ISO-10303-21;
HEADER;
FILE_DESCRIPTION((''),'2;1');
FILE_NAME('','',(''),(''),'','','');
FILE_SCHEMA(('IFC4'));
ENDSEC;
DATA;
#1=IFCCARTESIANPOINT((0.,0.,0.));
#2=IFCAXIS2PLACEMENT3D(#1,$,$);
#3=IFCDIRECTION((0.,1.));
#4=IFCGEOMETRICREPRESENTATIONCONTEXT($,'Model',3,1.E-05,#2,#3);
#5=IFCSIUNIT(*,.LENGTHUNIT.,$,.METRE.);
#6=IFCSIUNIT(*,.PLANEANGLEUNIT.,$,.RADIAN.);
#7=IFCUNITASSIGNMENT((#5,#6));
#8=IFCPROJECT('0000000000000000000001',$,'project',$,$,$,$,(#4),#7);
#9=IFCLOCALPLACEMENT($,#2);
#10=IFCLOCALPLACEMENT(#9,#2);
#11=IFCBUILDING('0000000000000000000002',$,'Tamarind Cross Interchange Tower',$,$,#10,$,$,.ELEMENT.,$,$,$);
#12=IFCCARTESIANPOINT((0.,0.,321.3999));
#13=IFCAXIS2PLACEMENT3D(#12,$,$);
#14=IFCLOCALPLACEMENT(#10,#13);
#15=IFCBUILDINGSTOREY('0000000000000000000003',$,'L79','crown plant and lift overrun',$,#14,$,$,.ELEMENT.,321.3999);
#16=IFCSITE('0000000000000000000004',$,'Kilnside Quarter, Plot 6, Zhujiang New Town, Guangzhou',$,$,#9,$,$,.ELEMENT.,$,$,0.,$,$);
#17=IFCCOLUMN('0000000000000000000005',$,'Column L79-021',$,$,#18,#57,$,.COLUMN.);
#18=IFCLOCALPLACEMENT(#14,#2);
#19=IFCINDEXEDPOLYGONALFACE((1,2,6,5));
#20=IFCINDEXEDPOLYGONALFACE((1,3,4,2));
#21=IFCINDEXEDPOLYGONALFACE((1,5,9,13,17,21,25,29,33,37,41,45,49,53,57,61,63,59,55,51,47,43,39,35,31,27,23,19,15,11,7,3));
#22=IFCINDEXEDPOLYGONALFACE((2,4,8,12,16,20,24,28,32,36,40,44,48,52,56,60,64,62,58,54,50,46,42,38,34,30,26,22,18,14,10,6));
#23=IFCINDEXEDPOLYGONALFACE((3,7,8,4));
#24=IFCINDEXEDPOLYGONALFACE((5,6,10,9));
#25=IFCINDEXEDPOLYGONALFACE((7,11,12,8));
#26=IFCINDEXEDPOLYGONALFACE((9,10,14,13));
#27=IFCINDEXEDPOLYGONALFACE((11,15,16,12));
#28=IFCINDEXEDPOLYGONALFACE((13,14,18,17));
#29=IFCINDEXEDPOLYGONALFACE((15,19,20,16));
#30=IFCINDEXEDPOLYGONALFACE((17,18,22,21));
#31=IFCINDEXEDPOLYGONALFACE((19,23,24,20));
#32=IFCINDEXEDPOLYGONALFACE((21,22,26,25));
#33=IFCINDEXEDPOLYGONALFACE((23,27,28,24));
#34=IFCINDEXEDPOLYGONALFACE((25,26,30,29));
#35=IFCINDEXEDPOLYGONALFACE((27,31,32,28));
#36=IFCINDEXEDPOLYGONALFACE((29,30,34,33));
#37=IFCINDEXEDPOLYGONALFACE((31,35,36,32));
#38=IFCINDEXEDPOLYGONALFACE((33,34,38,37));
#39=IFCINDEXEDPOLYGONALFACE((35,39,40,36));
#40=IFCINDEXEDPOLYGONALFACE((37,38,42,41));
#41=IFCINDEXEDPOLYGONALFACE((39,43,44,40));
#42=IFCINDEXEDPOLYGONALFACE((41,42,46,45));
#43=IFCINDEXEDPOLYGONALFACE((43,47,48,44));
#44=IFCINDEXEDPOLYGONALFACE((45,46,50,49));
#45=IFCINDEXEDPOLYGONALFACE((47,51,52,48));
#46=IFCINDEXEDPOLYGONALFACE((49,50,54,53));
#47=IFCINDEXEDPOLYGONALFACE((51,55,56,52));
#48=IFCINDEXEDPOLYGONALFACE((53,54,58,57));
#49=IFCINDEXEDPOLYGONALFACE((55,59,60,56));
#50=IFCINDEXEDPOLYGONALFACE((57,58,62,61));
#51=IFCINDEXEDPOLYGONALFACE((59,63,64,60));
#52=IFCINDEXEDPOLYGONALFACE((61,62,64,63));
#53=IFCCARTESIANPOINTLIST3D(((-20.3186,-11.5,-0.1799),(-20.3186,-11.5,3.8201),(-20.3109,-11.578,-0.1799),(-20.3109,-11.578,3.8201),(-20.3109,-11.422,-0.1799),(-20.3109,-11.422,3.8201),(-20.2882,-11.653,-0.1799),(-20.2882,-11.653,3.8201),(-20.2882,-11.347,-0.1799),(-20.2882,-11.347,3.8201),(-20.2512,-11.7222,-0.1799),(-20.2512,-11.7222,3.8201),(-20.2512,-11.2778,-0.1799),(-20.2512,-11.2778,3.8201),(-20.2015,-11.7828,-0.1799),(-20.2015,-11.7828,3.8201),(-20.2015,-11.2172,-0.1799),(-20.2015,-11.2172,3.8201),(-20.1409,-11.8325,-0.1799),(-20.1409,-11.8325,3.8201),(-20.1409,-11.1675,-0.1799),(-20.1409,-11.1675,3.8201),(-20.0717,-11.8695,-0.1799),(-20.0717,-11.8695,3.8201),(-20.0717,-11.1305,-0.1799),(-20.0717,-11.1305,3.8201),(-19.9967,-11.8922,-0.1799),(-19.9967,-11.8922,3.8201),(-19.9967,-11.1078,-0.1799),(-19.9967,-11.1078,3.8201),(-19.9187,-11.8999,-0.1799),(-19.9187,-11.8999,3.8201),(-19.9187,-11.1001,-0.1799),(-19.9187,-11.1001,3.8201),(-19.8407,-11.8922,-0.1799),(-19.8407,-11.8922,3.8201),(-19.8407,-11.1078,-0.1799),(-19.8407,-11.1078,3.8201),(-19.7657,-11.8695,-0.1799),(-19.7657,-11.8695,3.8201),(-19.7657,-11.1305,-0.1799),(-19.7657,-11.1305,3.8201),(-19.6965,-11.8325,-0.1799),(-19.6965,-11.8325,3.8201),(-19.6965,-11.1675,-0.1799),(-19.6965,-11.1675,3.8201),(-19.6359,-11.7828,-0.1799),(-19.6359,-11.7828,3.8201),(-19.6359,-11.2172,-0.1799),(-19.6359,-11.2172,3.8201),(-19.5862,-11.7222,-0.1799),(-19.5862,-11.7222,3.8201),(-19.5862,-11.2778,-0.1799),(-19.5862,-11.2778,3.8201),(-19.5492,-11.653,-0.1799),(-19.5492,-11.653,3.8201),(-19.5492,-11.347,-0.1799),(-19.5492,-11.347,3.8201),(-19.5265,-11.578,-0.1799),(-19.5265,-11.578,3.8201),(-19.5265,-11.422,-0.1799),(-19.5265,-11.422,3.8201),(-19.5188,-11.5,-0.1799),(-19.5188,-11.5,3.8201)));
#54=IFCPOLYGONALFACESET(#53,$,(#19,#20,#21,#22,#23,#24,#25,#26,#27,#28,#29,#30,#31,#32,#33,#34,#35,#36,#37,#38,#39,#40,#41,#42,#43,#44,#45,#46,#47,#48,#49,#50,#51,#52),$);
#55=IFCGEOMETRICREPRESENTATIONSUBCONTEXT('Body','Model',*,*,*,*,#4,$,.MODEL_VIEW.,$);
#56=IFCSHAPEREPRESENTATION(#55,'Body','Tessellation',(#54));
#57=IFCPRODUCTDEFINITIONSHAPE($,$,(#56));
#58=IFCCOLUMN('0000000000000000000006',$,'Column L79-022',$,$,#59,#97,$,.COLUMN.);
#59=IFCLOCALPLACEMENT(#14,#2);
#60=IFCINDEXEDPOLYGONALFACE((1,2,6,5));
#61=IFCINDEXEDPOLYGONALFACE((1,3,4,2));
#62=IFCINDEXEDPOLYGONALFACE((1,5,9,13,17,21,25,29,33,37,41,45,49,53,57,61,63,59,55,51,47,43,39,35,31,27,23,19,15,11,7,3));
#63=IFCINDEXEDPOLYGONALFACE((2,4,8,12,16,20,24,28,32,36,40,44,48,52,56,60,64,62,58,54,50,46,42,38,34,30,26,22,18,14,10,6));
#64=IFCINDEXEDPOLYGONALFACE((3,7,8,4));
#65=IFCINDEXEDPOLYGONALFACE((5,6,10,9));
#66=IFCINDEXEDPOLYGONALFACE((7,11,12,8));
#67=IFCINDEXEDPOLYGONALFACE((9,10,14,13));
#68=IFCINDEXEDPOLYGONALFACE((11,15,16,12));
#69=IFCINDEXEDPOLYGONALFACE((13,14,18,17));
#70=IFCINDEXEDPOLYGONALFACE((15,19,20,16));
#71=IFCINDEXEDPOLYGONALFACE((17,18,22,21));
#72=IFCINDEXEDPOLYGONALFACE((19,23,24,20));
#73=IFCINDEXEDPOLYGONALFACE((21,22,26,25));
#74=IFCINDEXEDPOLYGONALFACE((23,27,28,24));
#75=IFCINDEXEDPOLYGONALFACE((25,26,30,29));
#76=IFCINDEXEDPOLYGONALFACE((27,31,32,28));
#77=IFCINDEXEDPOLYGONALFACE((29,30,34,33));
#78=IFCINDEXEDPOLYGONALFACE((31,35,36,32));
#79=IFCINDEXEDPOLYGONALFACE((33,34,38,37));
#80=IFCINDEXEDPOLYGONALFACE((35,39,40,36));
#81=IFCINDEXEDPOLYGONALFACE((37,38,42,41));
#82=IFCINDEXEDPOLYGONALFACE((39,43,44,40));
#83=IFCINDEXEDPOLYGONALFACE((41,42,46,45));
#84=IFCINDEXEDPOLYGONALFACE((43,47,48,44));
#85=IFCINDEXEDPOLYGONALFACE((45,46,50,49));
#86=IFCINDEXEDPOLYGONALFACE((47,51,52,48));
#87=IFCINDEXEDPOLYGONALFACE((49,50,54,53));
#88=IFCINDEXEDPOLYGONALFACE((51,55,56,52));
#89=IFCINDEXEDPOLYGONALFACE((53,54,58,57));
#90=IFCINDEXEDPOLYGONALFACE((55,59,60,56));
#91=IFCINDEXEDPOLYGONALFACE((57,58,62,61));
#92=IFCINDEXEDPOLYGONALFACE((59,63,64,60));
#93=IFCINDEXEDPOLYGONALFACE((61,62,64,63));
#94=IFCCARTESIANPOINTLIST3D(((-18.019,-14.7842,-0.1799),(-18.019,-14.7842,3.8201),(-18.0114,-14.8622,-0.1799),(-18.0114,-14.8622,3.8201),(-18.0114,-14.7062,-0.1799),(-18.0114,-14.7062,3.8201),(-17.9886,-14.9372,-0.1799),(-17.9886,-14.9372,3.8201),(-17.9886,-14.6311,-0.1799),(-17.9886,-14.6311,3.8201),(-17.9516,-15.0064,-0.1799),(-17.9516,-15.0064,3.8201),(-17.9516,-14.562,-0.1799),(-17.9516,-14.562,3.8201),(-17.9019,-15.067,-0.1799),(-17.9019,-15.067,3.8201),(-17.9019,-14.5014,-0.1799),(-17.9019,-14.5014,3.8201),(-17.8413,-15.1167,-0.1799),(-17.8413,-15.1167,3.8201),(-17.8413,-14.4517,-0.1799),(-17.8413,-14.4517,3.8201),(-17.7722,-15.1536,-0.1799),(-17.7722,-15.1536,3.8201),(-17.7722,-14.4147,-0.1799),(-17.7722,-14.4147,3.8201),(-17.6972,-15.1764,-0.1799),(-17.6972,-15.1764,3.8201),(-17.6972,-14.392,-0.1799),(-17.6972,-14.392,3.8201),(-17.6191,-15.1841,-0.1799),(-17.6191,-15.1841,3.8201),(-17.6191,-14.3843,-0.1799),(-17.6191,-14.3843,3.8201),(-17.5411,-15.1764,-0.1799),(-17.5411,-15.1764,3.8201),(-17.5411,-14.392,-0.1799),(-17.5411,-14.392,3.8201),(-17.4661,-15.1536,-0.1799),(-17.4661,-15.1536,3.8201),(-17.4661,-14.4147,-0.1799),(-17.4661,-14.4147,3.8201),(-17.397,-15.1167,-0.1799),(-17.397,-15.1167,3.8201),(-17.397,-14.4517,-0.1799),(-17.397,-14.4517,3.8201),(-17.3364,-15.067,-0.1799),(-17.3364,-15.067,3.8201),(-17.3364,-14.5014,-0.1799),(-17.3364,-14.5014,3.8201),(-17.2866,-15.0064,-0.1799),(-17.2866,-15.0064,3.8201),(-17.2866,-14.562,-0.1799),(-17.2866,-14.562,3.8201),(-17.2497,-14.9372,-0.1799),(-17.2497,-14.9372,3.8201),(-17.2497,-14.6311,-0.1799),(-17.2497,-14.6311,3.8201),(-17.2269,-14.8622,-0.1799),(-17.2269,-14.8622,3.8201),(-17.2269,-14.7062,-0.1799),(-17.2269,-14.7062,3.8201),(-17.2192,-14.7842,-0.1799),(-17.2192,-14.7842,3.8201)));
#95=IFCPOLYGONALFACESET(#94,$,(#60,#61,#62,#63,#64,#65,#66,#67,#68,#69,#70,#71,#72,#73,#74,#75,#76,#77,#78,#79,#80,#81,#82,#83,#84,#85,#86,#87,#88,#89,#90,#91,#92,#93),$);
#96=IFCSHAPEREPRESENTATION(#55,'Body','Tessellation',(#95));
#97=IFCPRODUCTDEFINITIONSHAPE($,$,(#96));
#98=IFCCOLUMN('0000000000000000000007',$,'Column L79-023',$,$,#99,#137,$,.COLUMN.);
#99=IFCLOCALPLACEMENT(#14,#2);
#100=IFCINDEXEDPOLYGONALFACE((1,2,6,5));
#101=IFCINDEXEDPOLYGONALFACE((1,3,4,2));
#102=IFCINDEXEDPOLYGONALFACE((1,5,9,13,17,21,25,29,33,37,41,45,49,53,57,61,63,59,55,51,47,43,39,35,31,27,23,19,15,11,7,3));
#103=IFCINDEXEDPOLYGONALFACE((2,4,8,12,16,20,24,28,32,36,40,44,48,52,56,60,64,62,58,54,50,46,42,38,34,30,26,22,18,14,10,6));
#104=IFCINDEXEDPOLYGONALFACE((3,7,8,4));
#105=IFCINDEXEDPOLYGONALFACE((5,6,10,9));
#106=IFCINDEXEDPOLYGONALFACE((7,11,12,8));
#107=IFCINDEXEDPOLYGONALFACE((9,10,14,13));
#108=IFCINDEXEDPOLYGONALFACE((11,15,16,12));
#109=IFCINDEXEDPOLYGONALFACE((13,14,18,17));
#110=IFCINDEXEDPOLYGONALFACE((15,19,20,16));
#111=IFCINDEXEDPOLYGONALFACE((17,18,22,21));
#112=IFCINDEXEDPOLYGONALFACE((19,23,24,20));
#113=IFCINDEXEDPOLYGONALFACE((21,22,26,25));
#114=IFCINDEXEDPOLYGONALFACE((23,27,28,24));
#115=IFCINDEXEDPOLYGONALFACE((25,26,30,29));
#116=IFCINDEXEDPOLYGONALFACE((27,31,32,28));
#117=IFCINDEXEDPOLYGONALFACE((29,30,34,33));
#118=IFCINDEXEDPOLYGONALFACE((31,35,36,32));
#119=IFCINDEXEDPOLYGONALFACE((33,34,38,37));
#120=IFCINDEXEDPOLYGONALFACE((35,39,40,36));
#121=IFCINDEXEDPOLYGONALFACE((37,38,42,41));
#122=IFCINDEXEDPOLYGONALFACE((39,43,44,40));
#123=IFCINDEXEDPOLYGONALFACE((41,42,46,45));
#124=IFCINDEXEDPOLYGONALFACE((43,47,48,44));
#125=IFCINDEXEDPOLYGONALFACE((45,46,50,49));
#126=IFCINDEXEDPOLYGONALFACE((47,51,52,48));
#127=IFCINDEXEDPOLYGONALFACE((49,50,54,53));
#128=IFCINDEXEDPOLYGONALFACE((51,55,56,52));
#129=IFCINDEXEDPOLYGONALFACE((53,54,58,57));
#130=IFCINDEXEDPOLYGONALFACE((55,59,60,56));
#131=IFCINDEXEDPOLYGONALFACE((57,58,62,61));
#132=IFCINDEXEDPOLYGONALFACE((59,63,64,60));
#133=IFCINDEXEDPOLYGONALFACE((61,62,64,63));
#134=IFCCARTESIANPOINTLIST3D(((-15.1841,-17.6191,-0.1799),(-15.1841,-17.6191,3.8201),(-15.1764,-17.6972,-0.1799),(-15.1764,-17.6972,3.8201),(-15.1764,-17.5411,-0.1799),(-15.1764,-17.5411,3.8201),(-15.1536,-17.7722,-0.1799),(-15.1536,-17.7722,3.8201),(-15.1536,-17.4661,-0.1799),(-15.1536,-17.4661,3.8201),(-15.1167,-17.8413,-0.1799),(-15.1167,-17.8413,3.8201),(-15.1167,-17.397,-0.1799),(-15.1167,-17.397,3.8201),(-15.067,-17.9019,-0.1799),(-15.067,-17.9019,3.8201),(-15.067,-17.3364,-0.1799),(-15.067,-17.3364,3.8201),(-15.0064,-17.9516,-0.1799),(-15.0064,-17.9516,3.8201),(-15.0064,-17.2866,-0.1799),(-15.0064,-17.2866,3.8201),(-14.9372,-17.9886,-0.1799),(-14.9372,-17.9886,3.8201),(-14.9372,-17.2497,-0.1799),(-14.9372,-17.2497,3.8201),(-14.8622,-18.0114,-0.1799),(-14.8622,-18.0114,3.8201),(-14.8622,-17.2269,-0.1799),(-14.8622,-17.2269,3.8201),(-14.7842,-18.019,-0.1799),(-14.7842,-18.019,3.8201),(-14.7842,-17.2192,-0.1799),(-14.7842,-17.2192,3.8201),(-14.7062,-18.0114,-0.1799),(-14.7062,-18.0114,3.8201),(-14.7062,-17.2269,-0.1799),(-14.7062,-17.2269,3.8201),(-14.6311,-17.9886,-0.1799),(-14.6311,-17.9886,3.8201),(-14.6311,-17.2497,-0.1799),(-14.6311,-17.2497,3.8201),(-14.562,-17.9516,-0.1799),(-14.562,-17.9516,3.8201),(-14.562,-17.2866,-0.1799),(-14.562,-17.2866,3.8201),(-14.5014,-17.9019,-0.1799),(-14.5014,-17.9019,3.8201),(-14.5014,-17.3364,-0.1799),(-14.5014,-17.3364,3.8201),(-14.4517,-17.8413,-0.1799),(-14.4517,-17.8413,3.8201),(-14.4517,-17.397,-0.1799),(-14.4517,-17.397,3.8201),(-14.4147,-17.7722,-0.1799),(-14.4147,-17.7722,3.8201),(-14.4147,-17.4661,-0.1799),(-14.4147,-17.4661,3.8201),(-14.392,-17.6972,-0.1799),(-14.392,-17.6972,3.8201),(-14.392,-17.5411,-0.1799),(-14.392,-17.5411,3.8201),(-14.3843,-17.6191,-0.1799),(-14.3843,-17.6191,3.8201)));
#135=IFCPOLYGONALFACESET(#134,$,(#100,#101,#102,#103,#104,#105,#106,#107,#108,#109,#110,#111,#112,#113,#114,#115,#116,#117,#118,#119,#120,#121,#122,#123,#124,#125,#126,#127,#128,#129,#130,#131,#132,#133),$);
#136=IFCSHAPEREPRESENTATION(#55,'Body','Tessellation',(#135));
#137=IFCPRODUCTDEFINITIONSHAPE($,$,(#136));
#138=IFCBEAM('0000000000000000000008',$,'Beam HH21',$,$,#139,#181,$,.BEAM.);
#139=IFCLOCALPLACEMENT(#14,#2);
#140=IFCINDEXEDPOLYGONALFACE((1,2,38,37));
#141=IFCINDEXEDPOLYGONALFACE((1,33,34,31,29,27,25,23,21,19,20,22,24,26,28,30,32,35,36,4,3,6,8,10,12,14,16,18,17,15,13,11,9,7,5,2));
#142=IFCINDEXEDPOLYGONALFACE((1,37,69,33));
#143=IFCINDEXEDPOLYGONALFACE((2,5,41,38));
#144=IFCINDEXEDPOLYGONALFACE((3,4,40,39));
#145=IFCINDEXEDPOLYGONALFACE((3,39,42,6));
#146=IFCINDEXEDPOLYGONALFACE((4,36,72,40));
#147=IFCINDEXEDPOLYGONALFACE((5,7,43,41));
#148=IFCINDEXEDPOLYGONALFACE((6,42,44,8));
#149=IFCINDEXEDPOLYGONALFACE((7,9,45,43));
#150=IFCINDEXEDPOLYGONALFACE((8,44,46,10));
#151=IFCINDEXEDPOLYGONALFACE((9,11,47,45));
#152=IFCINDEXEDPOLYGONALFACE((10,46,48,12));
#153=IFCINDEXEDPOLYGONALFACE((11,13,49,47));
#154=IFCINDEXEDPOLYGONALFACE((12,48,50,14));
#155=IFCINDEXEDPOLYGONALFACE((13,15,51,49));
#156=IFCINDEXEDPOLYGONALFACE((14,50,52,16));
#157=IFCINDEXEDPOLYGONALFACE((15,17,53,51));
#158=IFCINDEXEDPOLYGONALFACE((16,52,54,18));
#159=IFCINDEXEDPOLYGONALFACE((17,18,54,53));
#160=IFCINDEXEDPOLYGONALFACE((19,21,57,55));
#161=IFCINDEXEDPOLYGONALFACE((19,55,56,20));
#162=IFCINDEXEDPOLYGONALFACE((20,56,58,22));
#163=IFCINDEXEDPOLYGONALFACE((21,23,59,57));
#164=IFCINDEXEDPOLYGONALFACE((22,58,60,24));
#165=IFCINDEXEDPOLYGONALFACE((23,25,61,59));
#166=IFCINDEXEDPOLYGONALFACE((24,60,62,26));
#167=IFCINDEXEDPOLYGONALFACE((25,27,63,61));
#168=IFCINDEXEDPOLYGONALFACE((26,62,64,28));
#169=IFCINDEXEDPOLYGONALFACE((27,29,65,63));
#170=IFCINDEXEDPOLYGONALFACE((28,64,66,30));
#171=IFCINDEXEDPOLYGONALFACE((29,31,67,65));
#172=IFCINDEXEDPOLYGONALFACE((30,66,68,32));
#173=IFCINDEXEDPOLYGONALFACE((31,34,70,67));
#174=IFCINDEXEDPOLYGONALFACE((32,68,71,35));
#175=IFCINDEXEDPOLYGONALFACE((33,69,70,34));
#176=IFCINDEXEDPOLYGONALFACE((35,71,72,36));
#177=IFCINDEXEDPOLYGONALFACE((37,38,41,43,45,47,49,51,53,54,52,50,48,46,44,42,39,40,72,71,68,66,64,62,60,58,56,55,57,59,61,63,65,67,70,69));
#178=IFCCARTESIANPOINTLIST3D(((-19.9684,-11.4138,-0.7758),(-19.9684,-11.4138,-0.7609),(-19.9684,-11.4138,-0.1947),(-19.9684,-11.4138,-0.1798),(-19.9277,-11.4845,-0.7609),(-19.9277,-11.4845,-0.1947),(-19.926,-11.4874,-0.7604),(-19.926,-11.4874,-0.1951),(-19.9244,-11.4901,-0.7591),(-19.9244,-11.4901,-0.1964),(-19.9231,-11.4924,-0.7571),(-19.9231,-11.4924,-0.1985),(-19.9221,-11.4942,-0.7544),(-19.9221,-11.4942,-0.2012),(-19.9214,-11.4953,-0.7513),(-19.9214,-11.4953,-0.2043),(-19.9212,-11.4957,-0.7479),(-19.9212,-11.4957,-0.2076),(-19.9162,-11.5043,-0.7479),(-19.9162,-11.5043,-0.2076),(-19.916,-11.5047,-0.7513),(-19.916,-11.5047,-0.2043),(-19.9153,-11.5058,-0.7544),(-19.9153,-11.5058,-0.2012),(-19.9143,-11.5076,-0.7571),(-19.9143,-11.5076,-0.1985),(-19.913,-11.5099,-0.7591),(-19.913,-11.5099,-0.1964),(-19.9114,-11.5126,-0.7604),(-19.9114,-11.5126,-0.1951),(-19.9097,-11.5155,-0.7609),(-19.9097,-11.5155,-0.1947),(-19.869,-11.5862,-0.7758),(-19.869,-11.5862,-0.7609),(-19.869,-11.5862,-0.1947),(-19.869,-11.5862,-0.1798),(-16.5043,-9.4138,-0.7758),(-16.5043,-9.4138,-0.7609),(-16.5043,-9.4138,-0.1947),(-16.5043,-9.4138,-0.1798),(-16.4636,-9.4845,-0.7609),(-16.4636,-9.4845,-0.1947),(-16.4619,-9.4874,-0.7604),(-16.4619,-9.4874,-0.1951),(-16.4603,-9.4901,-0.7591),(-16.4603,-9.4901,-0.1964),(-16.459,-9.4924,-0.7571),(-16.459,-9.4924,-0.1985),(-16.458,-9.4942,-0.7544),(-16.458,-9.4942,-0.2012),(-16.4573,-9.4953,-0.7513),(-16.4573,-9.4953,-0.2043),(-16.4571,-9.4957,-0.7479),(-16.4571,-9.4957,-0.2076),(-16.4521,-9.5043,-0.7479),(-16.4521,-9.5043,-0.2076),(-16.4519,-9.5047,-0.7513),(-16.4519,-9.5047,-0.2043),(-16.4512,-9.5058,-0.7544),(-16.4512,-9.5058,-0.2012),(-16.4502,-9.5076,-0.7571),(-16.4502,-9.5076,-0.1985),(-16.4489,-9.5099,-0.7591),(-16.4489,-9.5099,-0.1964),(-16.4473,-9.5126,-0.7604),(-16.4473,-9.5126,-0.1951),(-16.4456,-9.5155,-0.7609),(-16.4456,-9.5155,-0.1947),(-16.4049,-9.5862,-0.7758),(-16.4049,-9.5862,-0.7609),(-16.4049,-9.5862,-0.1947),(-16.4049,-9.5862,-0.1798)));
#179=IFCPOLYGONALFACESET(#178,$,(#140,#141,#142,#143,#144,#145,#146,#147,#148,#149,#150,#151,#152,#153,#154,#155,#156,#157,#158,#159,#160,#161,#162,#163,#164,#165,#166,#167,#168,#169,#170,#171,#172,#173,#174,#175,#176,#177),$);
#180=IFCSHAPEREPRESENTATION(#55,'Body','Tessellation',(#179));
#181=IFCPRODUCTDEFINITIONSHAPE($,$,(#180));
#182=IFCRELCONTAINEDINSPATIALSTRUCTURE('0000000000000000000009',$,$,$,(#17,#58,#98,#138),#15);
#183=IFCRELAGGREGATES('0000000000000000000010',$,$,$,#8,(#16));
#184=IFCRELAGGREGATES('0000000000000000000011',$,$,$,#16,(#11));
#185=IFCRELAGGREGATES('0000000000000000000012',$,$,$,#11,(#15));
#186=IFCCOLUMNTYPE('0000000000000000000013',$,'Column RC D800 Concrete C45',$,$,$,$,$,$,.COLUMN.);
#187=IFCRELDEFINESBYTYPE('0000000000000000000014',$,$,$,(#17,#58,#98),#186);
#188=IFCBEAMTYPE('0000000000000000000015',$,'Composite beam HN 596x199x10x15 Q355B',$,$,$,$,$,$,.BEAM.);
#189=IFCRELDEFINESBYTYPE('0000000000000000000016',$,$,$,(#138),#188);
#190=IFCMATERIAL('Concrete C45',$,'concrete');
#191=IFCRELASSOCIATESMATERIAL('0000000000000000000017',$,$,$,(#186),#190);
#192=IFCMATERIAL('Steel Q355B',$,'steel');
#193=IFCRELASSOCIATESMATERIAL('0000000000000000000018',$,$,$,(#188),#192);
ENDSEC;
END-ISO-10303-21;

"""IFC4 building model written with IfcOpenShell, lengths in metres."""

from ifc_helpers import new_model, si_unit, direction, frame, origin, origin_2d, place, context, subcontext, project, spatial, circle, i_section, extrude, material, material_profile, profile_set, type_object, element, save


model = new_model("IFC4")

# Units and contexts
model_context = context("Model", 3, precision=1e-05, world=origin(), true_north=direction((0.0, 1.0)))
body_context = subcontext(model_context, "Body", "Model", "MODEL_VIEW")
ifc_project = project(units=[si_unit("LENGTHUNIT", "METRE"), si_unit("PLANEANGLEUNIT", "RADIAN")], contexts=[model_context])

# Site, building, storey
site_placement = place(None, origin())
site = spatial("IfcSite", under=ifc_project, at=site_placement, Name="Kilnside Quarter, Plot 6, Zhujiang New Town, Guangzhou", CompositionType="ELEMENT", RefElevation=0.0)
building_placement = place(site_placement, origin())
building = spatial("IfcBuilding", under=site, at=building_placement, Name="Tamarind Cross Interchange Tower", CompositionType="ELEMENT")
storey_placement = place(building_placement, frame((0.0, 0.0, 321.3999)))
storey = spatial("IfcBuildingStorey", under=building, at=storey_placement, Name="L79", Description="crown plant and lift overrun", CompositionType="ELEMENT", Elevation=321.3999)

# Columns
ifc_material_1 = material(Name="Concrete C45", Category="concrete")
ifc_material_profile_1 = material_profile(ifc_material_1, circle(Radius=0.3999, at=origin_2d()), Name="RC D800")
ifc_profile_set_1 = profile_set([ifc_material_profile_1], Name="Concrete C45")
column_type = type_object("IfcColumnType", Name="Column RC D800 Concrete C45", PredefinedType="COLUMN", material=ifc_profile_set_1)
for number, where, z_axis, x_axis, name in (
    (1, (-19.9187, -11.5, -0.1799), (0.0, 0.0, 1.0), (1.0, 0.0, 0.0), "Column L79-021"),
    (2, (-17.6191, -14.7842, -0.1799), (0.0, 0.0, 1.0), (1.0, 0.0, 0.0), "Column L79-022"),
    (3, (-14.7842, -17.6191, -0.1799), (0.0, 0.0, 1.0), (1.0, 0.0, 0.0), "Column L79-023"),
):
    element("IfcColumn", number, at=place(storey_placement, frame(where, z_axis=z_axis, x_axis=x_axis)), inside=storey, type_object=column_type, Name=name, PredefinedType="COLUMN", context=body_context, shape_type="SweptSolid", body=[
        extrude(circle(Radius=0.3999, at=origin_2d()), origin(), (0.0, 0.0, 1.0), 4.0),
    ])

# Beam
ifc_material_2 = material(Name="Steel Q355B", Category="steel")
ifc_material_profile_2 = material_profile(ifc_material_2, i_section(OverallWidth=0.199, OverallDepth=0.5959, WebThickness=0.01, FlangeThickness=0.0149, FilletRadius=0.0129, at=origin_2d()), Name="HN 596x199x10x15")
ifc_profile_set_2 = profile_set([ifc_material_profile_2], Name="Steel Q355B")
beam_type = type_object("IfcBeamType", Name="Composite beam HN 596x199x10x15 Q355B", PredefinedType="BEAM", material=ifc_profile_set_2)
beam_1_placement = place(storey_placement, frame((-19.9187, -11.5, -0.4778), z_axis=(0.866026, 0.499999, 0.0), x_axis=(-0.499999, 0.866026, 0.0)))
element("IfcBeam", 4, at=beam_1_placement, inside=storey, type_object=beam_type, Name="Beam HH21", PredefinedType="BEAM", context=body_context, shape_type="SweptSolid", body=[
    extrude(i_section(OverallWidth=0.199, OverallDepth=0.5959, WebThickness=0.01, FlangeThickness=0.0149, FilletRadius=0.0129, at=origin_2d()), origin(), (0.0, 0.0, 1.0), 4.0),
])

save(model, "model.ifc")
